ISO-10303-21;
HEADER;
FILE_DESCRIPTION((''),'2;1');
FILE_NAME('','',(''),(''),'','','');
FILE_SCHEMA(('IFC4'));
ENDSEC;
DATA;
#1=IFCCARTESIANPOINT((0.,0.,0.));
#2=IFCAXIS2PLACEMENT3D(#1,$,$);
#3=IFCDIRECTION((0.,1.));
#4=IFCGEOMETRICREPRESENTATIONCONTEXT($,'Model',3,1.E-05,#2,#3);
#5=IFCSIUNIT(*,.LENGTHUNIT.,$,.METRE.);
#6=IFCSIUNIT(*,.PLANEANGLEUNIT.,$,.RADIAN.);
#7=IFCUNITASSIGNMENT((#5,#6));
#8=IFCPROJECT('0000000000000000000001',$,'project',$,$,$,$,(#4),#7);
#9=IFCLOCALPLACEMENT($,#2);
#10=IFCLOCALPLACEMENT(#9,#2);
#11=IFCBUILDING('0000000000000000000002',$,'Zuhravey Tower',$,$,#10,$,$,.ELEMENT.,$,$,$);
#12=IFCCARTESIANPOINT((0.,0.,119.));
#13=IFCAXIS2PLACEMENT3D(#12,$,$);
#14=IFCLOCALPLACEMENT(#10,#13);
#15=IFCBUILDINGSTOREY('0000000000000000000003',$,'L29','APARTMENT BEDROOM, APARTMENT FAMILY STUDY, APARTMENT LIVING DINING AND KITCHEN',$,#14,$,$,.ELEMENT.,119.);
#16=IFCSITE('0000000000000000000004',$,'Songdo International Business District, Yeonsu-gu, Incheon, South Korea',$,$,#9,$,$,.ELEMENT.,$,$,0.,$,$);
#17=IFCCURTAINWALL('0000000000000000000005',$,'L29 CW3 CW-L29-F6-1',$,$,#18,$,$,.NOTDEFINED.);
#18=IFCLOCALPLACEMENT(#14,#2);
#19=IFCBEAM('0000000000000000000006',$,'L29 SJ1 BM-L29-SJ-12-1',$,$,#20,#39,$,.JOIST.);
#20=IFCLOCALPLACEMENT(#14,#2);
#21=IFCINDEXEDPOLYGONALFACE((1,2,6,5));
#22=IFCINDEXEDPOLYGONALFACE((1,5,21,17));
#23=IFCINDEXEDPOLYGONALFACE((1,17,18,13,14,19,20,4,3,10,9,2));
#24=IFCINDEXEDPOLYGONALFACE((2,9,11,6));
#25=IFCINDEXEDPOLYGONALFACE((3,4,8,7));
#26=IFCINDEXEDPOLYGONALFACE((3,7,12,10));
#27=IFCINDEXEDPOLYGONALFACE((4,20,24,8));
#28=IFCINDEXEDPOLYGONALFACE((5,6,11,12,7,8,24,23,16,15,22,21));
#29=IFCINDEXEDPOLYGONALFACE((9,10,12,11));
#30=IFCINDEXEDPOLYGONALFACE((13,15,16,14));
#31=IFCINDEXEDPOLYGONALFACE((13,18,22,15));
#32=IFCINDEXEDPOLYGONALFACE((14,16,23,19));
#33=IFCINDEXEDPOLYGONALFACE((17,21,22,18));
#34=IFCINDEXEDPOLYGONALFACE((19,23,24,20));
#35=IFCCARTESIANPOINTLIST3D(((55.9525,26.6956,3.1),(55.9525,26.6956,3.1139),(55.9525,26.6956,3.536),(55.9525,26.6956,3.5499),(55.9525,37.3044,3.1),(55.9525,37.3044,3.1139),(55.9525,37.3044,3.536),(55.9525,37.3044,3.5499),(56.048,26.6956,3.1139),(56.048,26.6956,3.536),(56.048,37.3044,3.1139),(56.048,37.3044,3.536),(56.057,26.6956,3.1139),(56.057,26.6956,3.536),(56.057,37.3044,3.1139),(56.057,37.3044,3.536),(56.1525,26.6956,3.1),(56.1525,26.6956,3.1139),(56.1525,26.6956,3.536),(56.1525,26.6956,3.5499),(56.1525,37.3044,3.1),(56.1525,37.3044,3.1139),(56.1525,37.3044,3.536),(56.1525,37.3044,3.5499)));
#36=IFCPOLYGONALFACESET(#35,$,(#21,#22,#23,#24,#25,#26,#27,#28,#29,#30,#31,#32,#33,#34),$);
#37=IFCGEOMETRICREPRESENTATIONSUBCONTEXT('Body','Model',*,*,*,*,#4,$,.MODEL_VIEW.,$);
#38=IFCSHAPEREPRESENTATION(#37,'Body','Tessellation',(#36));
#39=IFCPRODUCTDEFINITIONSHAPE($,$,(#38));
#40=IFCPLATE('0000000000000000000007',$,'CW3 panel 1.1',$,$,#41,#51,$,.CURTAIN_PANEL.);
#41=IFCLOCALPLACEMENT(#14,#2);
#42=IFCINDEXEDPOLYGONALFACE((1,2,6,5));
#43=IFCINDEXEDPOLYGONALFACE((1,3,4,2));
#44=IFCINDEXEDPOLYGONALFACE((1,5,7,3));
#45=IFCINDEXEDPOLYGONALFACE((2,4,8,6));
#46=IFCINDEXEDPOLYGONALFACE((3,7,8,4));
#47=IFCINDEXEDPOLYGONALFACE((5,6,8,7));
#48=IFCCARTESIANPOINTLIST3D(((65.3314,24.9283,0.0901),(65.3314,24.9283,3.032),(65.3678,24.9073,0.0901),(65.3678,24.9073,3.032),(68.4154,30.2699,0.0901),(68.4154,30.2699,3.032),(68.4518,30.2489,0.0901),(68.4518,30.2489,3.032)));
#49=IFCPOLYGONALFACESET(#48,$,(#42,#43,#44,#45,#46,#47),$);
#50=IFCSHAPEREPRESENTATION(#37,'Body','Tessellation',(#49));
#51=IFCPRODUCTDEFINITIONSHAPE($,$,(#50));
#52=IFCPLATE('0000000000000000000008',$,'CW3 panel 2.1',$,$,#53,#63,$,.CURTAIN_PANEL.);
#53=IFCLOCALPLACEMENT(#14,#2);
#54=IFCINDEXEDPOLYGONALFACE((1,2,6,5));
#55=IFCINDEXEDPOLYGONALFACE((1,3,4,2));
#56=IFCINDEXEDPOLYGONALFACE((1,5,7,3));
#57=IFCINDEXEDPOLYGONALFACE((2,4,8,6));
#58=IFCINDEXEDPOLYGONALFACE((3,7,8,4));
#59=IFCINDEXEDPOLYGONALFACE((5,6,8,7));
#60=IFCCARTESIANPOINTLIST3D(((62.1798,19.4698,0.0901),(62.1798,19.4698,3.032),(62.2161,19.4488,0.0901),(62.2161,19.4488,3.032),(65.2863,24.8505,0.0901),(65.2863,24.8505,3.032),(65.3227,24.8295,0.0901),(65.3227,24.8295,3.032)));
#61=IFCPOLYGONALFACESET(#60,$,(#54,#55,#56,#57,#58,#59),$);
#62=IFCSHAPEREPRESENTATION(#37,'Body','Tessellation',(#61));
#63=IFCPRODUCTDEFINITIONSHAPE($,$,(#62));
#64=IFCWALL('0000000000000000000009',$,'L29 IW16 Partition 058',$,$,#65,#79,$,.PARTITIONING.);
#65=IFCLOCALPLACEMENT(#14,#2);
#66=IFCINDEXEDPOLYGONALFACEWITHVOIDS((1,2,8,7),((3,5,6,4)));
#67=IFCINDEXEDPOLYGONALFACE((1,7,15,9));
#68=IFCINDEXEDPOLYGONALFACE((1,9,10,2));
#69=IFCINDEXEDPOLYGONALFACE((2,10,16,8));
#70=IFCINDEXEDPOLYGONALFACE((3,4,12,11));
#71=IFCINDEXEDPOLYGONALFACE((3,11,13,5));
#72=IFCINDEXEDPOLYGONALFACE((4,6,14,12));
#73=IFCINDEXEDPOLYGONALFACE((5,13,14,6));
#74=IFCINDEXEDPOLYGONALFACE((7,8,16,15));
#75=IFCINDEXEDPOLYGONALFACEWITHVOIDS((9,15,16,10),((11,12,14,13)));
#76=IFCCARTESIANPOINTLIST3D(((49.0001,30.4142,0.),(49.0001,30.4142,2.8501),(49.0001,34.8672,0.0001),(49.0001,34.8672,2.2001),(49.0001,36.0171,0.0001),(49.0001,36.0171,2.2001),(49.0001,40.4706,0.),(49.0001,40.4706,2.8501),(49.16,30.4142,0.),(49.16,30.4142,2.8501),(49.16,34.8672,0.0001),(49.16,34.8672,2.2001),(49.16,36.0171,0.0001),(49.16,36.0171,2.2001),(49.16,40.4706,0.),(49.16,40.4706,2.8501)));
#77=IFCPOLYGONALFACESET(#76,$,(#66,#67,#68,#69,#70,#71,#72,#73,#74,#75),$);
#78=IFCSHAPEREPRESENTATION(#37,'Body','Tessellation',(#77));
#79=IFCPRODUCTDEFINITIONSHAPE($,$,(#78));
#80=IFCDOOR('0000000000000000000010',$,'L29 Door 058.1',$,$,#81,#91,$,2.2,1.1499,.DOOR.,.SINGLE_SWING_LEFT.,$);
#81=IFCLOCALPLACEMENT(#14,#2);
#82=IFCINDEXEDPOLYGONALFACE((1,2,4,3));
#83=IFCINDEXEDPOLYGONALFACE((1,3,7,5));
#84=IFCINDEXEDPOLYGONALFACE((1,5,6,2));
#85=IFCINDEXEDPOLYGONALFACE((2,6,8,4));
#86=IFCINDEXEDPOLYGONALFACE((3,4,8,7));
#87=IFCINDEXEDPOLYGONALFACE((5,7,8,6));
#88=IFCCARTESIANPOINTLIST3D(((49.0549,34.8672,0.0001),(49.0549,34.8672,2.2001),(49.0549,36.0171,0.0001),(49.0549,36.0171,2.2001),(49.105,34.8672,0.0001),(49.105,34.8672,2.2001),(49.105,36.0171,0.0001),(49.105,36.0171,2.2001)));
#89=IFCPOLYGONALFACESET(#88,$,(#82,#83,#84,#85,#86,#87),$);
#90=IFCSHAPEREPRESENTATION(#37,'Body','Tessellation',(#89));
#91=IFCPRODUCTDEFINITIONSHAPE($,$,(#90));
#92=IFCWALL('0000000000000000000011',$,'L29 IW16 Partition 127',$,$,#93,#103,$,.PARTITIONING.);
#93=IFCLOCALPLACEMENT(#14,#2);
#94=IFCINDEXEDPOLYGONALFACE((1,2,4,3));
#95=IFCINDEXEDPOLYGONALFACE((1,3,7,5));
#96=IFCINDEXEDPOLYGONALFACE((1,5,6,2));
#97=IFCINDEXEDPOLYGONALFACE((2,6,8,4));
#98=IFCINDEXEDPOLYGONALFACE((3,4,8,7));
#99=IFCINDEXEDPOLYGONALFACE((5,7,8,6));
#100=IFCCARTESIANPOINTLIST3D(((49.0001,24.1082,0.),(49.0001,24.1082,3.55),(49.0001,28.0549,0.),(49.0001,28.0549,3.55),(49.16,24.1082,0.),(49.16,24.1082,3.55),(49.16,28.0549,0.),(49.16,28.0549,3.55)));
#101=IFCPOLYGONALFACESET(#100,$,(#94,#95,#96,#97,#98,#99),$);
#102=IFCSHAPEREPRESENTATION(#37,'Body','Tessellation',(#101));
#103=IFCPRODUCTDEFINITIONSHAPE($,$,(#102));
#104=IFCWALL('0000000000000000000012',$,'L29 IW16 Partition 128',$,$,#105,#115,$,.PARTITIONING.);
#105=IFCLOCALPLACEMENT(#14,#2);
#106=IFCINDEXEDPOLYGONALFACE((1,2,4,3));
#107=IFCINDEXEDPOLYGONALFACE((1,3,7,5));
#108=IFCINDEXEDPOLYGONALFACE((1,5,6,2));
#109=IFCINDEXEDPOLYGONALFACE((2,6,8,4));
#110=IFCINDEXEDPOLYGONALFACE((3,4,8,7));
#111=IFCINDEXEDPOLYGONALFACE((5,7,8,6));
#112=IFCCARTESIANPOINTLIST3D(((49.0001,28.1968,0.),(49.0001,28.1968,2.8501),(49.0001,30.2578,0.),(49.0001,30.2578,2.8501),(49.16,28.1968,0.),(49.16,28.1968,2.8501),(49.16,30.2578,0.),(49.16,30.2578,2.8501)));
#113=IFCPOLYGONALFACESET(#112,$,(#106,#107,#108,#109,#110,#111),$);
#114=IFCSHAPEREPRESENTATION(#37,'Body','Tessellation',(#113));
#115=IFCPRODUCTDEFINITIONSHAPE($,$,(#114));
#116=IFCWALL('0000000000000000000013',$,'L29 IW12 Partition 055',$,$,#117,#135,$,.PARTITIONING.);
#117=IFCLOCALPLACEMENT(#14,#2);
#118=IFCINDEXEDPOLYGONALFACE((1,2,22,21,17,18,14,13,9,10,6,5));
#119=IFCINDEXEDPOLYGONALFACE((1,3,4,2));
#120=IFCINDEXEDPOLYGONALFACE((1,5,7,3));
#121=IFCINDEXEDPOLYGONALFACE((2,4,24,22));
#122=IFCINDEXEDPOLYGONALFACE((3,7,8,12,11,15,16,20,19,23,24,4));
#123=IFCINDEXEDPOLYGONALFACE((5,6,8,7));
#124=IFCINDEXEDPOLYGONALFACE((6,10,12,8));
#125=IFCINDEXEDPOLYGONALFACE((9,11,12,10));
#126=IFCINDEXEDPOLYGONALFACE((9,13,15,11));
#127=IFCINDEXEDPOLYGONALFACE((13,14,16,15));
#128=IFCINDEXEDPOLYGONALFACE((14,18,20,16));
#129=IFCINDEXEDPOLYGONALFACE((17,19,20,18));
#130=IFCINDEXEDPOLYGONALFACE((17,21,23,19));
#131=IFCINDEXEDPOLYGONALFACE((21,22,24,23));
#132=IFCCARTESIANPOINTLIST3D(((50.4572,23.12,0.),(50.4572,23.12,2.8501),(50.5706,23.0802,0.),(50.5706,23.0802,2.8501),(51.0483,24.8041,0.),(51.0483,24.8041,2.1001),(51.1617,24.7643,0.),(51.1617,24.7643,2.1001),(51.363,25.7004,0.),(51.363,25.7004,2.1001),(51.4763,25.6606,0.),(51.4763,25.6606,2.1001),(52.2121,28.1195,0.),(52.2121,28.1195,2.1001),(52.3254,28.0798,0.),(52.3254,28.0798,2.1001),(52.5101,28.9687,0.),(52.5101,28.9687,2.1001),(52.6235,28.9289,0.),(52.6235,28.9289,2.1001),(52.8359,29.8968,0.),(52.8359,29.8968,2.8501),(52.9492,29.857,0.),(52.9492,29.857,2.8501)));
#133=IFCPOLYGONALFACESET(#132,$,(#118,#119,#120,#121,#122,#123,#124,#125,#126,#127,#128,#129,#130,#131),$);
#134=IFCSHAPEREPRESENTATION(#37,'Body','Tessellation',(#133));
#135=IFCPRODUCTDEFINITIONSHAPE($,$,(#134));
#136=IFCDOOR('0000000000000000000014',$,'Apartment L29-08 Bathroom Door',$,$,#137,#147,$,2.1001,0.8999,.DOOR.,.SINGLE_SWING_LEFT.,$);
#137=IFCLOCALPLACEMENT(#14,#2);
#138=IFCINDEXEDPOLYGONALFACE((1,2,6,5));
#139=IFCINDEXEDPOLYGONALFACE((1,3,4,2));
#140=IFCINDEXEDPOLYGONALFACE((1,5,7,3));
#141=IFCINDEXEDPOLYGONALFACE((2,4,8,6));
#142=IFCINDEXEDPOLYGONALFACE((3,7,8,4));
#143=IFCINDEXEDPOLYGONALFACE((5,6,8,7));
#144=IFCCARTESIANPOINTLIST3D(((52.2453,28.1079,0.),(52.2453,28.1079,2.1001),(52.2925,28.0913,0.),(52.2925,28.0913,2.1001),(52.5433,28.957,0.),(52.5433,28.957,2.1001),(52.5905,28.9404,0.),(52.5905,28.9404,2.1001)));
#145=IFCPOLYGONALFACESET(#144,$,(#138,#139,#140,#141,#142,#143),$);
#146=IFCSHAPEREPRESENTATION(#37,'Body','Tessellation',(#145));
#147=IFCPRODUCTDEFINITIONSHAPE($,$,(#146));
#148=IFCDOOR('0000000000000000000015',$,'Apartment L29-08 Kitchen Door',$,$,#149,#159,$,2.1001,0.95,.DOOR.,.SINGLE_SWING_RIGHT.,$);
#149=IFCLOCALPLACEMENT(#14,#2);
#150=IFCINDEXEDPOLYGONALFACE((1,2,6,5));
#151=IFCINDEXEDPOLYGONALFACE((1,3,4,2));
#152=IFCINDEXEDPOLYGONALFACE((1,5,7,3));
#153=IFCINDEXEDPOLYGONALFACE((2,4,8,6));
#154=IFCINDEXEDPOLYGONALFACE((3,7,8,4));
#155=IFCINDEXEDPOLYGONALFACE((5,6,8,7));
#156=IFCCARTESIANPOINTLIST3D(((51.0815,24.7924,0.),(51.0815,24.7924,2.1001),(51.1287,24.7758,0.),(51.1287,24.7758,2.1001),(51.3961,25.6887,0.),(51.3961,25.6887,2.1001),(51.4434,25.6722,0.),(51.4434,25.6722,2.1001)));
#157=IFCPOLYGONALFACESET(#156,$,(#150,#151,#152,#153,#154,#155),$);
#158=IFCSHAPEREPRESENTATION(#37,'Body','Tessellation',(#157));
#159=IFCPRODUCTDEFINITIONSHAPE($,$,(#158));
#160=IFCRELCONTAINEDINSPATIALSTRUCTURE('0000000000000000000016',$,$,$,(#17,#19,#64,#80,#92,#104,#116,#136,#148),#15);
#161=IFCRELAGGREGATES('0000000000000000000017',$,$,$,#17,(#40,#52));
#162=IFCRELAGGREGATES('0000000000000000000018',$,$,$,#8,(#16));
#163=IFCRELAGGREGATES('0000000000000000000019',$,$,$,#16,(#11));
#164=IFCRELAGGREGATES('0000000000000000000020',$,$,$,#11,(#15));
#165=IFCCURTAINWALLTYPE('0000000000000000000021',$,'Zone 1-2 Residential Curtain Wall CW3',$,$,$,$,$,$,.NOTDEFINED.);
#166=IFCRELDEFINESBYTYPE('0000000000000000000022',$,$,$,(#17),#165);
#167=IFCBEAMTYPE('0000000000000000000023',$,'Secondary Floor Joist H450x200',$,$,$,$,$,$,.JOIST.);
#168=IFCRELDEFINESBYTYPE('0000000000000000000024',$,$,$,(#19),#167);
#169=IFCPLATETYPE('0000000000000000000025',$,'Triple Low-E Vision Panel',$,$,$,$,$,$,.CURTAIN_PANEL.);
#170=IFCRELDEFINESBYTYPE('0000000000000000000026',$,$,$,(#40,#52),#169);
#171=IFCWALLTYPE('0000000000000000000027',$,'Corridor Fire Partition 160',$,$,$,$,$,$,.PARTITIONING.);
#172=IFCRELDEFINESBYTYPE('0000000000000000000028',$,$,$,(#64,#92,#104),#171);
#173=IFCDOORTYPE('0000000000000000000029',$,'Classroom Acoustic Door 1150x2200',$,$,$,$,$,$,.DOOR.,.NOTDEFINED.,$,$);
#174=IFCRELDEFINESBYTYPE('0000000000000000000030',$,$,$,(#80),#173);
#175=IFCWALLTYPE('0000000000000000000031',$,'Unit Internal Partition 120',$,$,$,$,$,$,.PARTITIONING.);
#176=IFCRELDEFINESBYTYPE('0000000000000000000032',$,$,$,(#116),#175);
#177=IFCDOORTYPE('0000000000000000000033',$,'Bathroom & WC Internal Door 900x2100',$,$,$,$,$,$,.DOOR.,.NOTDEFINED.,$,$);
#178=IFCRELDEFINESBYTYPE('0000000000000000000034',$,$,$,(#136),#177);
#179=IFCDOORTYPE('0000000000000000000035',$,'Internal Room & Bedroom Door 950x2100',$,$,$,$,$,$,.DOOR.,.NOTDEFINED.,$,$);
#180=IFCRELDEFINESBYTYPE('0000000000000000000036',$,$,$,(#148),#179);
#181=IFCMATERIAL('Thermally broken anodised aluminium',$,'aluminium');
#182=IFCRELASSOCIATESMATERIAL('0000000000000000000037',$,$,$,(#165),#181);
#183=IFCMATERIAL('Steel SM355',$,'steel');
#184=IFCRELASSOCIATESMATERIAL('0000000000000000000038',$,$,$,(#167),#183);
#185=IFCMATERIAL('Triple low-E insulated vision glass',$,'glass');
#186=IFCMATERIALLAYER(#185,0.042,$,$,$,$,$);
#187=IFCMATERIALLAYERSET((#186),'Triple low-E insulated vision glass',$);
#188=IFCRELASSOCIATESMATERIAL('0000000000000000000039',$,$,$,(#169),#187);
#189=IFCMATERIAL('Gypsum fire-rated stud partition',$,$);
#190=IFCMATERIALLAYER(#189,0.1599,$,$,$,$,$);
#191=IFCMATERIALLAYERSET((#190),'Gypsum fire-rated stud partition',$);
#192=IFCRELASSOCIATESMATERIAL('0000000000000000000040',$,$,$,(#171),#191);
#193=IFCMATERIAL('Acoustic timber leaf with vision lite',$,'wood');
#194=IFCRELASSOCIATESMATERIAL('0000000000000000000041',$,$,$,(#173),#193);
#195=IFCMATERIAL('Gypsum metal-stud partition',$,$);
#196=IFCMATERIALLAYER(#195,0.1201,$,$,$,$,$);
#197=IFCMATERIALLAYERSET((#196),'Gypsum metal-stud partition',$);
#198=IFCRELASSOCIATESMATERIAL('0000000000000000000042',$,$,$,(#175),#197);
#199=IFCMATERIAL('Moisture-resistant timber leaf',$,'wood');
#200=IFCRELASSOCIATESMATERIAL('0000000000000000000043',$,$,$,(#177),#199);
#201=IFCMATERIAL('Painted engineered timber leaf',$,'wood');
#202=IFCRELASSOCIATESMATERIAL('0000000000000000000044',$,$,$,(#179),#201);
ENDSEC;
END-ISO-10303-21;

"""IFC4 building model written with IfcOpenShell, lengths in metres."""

from ifc_helpers import new_model, si_unit, direction, frame, frame_2d, origin, origin_2d, place, context, subcontext, project, spatial, rectangle, i_section, extrude, material, layer, layer_set, material_profile, profile_set, type_object, element, fill, aggregate, save


model = new_model("IFC4")

# Units and contexts
model_context = context("Model", 3, precision=1e-05, world=origin(), true_north=direction((0.0, 1.0)))
body_context = subcontext(model_context, "Body", "Model", "MODEL_VIEW")
ifc_project = project(units=[si_unit("LENGTHUNIT", "METRE"), si_unit("PLANEANGLEUNIT", "RADIAN")], contexts=[model_context])

# Site, building, storey
site_placement = place(None, origin())
site = spatial("IfcSite", under=ifc_project, at=site_placement, Name="Songdo International Business District, Yeonsu-gu, Incheon, South Korea", CompositionType="ELEMENT", RefElevation=0.0)
building_placement = place(site_placement, origin())
building = spatial("IfcBuilding", under=site, at=building_placement, Name="Zuhravey Tower", CompositionType="ELEMENT")
storey_placement = place(building_placement, frame((0.0, 0.0, 119.0)))
storey = spatial("IfcBuildingStorey", under=building, at=storey_placement, Name="L29", Description="APARTMENT BEDROOM, APARTMENT FAMILY STUDY, APARTMENT LIVING DINING AND KITCHEN", CompositionType="ELEMENT", Elevation=119.0)

# Curtain wall
ifc_material_1 = material(Name="Thermally broken anodised aluminium", Category="aluminium")
curtain_wall_type = type_object("IfcCurtainWallType", Name="Zone 1-2 Residential Curtain Wall CW3", PredefinedType="NOTDEFINED", material=ifc_material_1)
curtain_wall_placement = place(storey_placement, origin())
curtain_wall = element("IfcCurtainWall", 1, at=curtain_wall_placement, inside=storey, type_object=curtain_wall_type, Name="L29 CW3 CW-L29-F6-1", PredefinedType="NOTDEFINED")

# Beam
ifc_material_2 = material(Name="Steel SM355", Category="steel")
ifc_material_profile_1 = material_profile(ifc_material_2, i_section(OverallWidth=0.2, OverallDepth=0.45, WebThickness=0.009, FlangeThickness=0.0139, at=origin_2d()), Name="H-450x200x9x14")
ifc_profile_set_1 = profile_set([ifc_material_profile_1], Name="Steel SM355")
beam_type_1 = type_object("IfcBeamType", Name="Secondary Floor Joist H450x200", PredefinedType="JOIST", material=ifc_profile_set_1)
beam_1_placement = place(storey_placement, frame((56.0525, 26.6956, 3.325), z_axis=(0.0, 1.0, 0.0), x_axis=(-1.0, 0.0, 0.0)))
element("IfcBeam", 2, at=beam_1_placement, inside=storey, type_object=beam_type_1, Name="L29 SJ1 BM-L29-SJ-12-1", PredefinedType="JOIST", context=body_context, shape_type="SweptSolid", body=[
    extrude(i_section(OverallWidth=0.2, OverallDepth=0.45, WebThickness=0.009, FlangeThickness=0.0139, at=origin_2d()), origin(), (0.0, 0.0, 1.0), 10.6089),
])

# Plates
ifc_material_3 = material(Name="Triple low-E insulated vision glass", Category="glass")
ifc_layer_1 = layer(ifc_material_3, 0.042)
ifc_layer_set_1 = layer_set([ifc_layer_1], Name="Triple low-E insulated vision glass")
plate_type = type_object("IfcPlateType", Name="Triple Low-E Vision Panel", PredefinedType="CURTAIN_PANEL", material=ifc_layer_set_1)
plate_1_placement = place(storey_placement, frame((66.8916, 27.5886, 0.0901), z_axis=(0.0, 0.0, 1.0), x_axis=(-0.499999, -0.866026, 0.0)))
plate_1 = element("IfcPlate", 3, at=plate_1_placement, type_object=plate_type, Name="CW3 panel 1.1", PredefinedType="CURTAIN_PANEL", context=body_context, shape_type="SweptSolid", body=[
    extrude(rectangle(XDim=6.168, YDim=0.042, at=origin_2d()), origin(), (0.0, 0.0, 1.0), 2.9419),
])
plate_2_placement = place(storey_placement, frame((63.7512, 22.1497, 0.0901), z_axis=(0.0, 0.0, 1.0), x_axis=(-0.499999, -0.866026, 0.0)))
plate_2 = element("IfcPlate", 4, at=plate_2_placement, type_object=plate_type, Name="CW3 panel 2.1", PredefinedType="CURTAIN_PANEL", context=body_context, shape_type="SweptSolid", body=[
    extrude(rectangle(XDim=6.2131, YDim=0.042, at=origin_2d()), origin(), (0.0, 0.0, 1.0), 2.9419),
])
aggregate(curtain_wall, [plate_1, plate_2])

# Wall, opening, door
ifc_material_4 = material(Name="Gypsum fire-rated stud partition")
ifc_layer_2 = layer(ifc_material_4, 0.1599)
ifc_layer_set_2 = layer_set([ifc_layer_2], Name="Gypsum fire-rated stud partition")
wall_type_1 = type_object("IfcWallType", Name="Corridor Fire Partition 160", PredefinedType="PARTITIONING", material=ifc_layer_set_2)
wall_1_placement = place(storey_placement, frame((49.0801, 30.4141, 0.0), z_axis=(0.0, 0.0, 1.0), x_axis=(0.0, 1.0, 0.0)))
wall_1 = element("IfcWall", 5, at=wall_1_placement, inside=storey, type_object=wall_type_1, Name="L29 IW16 Partition 058", PredefinedType="PARTITIONING", context=body_context, shape_type="SweptSolid", body=[
    extrude(rectangle(XDim=10.0564, YDim=0.1599, at=frame_2d((5.0283, 0.0))), origin(), (0.0, 0.0, 1.0), 2.8501),
])
opening_1_placement = place(wall_1_placement, frame((4.4531, 0.0, 0.0)))
opening_1 = element("IfcOpeningElement", 6, at=opening_1_placement, cuts=wall_1, PredefinedType="OPENING", context=body_context, shape_type="SweptSolid", body=[
    extrude(rectangle(XDim=1.1499, YDim=2.2, at=frame_2d((0.575, 1.1001))), frame((0.0, 0.092, 0.0), z_axis=(0.0, -1.0, 0.0), x_axis=(1.0, 0.0, 0.0)), (0.0, 0.0, 1.0), 0.1838),
])
ifc_material_5 = material(Name="Acoustic timber leaf with vision lite", Category="wood")
door_type_1 = type_object("IfcDoorType", Name="Classroom Acoustic Door 1150x2200", OperationType="NOTDEFINED", PredefinedType="DOOR", material=ifc_material_5)
door_1_placement = place(opening_1_placement, frame((1.1499, 0.0, 0.0), z_axis=(0.0, 0.0, 1.0), x_axis=(-1.0, 0.0, 0.0)))
door_1 = element("IfcDoor", 7, at=door_1_placement, inside=storey, type_object=door_type_1, Name="L29 Door 058.1", OperationType="SINGLE_SWING_LEFT", OverallHeight=2.2, OverallWidth=1.1499, PredefinedType="DOOR", context=body_context, shape_type="SweptSolid", body=[
    extrude(rectangle(XDim=1.1499, YDim=2.2, at=frame_2d((0.575, 1.1001))), frame((0.0, 0.0249, 0.0), z_axis=(0.0, -1.0, 0.0), x_axis=(1.0, 0.0, 0.0)), (0.0, 0.0, 1.0), 0.05),
])
fill(opening_1, door_1)

# Walls
wall_2_placement = place(storey_placement, frame((49.0801, 24.1082, 0.0), z_axis=(0.0, 0.0, 1.0), x_axis=(0.0, 1.0, 0.0)))
element("IfcWall", 8, at=wall_2_placement, inside=storey, type_object=wall_type_1, Name="L29 IW16 Partition 127", PredefinedType="PARTITIONING", context=body_context, shape_type="SweptSolid", body=[
    extrude(rectangle(XDim=3.9468, YDim=0.1599, at=frame_2d((1.9734, 0.0))), origin(), (0.0, 0.0, 1.0), 3.55),
])
wall_3_placement = place(storey_placement, frame((49.0801, 28.1968, 0.0), z_axis=(0.0, 0.0, 1.0), x_axis=(0.0, 1.0, 0.0)))
element("IfcWall", 9, at=wall_3_placement, inside=storey, type_object=wall_type_1, Name="L29 IW16 Partition 128", PredefinedType="PARTITIONING", context=body_context, shape_type="SweptSolid", body=[
    extrude(rectangle(XDim=2.061, YDim=0.1599, at=frame_2d((1.0305, 0.0))), origin(), (0.0, 0.0, 1.0), 2.8501),
])

# Wall, openings, doors
ifc_material_6 = material(Name="Gypsum metal-stud partition")
ifc_layer_3 = layer(ifc_material_6, 0.1201)
ifc_layer_set_3 = layer_set([ifc_layer_3], Name="Gypsum metal-stud partition")
wall_type_2 = type_object("IfcWallType", Name="Unit Internal Partition 120", PredefinedType="PARTITIONING", material=ifc_layer_set_3)
wall_4_placement = place(storey_placement, frame((50.5139, 23.1001, 0.0), z_axis=(0.0, 0.0, 1.0), x_axis=(0.331189, 0.943564, 0.0)))
wall_4 = element("IfcWall", 10, at=wall_4_placement, inside=storey, type_object=wall_type_2, Name="L29 IW12 Partition 055", PredefinedType="PARTITIONING", context=body_context, shape_type="SweptSolid", body=[
    extrude(rectangle(XDim=7.1821, YDim=0.1201, at=frame_2d((3.5911, 0.0))), origin(), (0.0, 0.0, 1.0), 2.8501),
])
opening_2_placement = place(wall_4_placement, frame((1.7847, 0.0, 0.0)))
opening_2 = element("IfcOpeningElement", 11, at=opening_2_placement, cuts=wall_4, PredefinedType="OPENING", context=body_context, shape_type="SweptSolid", body=[
    extrude(rectangle(XDim=0.95, YDim=2.1001, at=frame_2d((0.4751, 1.05))), frame((0.0, 0.072, 0.0), z_axis=(0.0, -1.0, 0.0), x_axis=(1.0, 0.0, 0.0)), (0.0, 0.0, 1.0), 0.144),
])
opening_3_placement = place(wall_4_placement, frame((5.2986, 0.0, 0.0)))
opening_3 = element("IfcOpeningElement", 12, at=opening_3_placement, cuts=wall_4, PredefinedType="OPENING", context=body_context, shape_type="SweptSolid", body=[
    extrude(rectangle(XDim=0.8999, YDim=2.1001, at=frame_2d((0.45, 1.05))), frame((0.0, 0.072, 0.0), z_axis=(0.0, -1.0, 0.0), x_axis=(1.0, 0.0, 0.0)), (0.0, 0.0, 1.0), 0.144),
])
ifc_material_7 = material(Name="Moisture-resistant timber leaf", Category="wood")
door_type_2 = type_object("IfcDoorType", Name="Bathroom & WC Internal Door 900x2100", OperationType="NOTDEFINED", PredefinedType="DOOR", material=ifc_material_7)
door_2_placement = place(opening_3_placement, origin())
door_2 = element("IfcDoor", 13, at=door_2_placement, inside=storey, type_object=door_type_2, Name="Apartment L29-08 Bathroom Door", OperationType="SINGLE_SWING_LEFT", OverallHeight=2.1001, OverallWidth=0.8999, PredefinedType="DOOR", context=body_context, shape_type="SweptSolid", body=[
    extrude(rectangle(XDim=0.8999, YDim=2.1001, at=frame_2d((0.45, 1.05))), frame((0.0, 0.0249, 0.0), z_axis=(0.0, -1.0, 0.0), x_axis=(1.0, 0.0, 0.0)), (0.0, 0.0, 1.0), 0.05),
])
fill(opening_3, door_2)
ifc_material_8 = material(Name="Painted engineered timber leaf", Category="wood")
door_type_3 = type_object("IfcDoorType", Name="Internal Room & Bedroom Door 950x2100", OperationType="NOTDEFINED", PredefinedType="DOOR", material=ifc_material_8)
door_3_placement = place(opening_2_placement, origin())
door_3 = element("IfcDoor", 14, at=door_3_placement, inside=storey, type_object=door_type_3, Name="Apartment L29-08 Kitchen Door", OperationType="SINGLE_SWING_RIGHT", OverallHeight=2.1001, OverallWidth=0.95, PredefinedType="DOOR", context=body_context, shape_type="SweptSolid", body=[
    extrude(rectangle(XDim=0.95, YDim=2.1001, at=frame_2d((0.4751, 1.05))), frame((0.0, 0.0249, 0.0), z_axis=(0.0, -1.0, 0.0), x_axis=(1.0, 0.0, 0.0)), (0.0, 0.0, 1.0), 0.05),
])
fill(opening_2, door_3)

save(model, "model.ifc")
